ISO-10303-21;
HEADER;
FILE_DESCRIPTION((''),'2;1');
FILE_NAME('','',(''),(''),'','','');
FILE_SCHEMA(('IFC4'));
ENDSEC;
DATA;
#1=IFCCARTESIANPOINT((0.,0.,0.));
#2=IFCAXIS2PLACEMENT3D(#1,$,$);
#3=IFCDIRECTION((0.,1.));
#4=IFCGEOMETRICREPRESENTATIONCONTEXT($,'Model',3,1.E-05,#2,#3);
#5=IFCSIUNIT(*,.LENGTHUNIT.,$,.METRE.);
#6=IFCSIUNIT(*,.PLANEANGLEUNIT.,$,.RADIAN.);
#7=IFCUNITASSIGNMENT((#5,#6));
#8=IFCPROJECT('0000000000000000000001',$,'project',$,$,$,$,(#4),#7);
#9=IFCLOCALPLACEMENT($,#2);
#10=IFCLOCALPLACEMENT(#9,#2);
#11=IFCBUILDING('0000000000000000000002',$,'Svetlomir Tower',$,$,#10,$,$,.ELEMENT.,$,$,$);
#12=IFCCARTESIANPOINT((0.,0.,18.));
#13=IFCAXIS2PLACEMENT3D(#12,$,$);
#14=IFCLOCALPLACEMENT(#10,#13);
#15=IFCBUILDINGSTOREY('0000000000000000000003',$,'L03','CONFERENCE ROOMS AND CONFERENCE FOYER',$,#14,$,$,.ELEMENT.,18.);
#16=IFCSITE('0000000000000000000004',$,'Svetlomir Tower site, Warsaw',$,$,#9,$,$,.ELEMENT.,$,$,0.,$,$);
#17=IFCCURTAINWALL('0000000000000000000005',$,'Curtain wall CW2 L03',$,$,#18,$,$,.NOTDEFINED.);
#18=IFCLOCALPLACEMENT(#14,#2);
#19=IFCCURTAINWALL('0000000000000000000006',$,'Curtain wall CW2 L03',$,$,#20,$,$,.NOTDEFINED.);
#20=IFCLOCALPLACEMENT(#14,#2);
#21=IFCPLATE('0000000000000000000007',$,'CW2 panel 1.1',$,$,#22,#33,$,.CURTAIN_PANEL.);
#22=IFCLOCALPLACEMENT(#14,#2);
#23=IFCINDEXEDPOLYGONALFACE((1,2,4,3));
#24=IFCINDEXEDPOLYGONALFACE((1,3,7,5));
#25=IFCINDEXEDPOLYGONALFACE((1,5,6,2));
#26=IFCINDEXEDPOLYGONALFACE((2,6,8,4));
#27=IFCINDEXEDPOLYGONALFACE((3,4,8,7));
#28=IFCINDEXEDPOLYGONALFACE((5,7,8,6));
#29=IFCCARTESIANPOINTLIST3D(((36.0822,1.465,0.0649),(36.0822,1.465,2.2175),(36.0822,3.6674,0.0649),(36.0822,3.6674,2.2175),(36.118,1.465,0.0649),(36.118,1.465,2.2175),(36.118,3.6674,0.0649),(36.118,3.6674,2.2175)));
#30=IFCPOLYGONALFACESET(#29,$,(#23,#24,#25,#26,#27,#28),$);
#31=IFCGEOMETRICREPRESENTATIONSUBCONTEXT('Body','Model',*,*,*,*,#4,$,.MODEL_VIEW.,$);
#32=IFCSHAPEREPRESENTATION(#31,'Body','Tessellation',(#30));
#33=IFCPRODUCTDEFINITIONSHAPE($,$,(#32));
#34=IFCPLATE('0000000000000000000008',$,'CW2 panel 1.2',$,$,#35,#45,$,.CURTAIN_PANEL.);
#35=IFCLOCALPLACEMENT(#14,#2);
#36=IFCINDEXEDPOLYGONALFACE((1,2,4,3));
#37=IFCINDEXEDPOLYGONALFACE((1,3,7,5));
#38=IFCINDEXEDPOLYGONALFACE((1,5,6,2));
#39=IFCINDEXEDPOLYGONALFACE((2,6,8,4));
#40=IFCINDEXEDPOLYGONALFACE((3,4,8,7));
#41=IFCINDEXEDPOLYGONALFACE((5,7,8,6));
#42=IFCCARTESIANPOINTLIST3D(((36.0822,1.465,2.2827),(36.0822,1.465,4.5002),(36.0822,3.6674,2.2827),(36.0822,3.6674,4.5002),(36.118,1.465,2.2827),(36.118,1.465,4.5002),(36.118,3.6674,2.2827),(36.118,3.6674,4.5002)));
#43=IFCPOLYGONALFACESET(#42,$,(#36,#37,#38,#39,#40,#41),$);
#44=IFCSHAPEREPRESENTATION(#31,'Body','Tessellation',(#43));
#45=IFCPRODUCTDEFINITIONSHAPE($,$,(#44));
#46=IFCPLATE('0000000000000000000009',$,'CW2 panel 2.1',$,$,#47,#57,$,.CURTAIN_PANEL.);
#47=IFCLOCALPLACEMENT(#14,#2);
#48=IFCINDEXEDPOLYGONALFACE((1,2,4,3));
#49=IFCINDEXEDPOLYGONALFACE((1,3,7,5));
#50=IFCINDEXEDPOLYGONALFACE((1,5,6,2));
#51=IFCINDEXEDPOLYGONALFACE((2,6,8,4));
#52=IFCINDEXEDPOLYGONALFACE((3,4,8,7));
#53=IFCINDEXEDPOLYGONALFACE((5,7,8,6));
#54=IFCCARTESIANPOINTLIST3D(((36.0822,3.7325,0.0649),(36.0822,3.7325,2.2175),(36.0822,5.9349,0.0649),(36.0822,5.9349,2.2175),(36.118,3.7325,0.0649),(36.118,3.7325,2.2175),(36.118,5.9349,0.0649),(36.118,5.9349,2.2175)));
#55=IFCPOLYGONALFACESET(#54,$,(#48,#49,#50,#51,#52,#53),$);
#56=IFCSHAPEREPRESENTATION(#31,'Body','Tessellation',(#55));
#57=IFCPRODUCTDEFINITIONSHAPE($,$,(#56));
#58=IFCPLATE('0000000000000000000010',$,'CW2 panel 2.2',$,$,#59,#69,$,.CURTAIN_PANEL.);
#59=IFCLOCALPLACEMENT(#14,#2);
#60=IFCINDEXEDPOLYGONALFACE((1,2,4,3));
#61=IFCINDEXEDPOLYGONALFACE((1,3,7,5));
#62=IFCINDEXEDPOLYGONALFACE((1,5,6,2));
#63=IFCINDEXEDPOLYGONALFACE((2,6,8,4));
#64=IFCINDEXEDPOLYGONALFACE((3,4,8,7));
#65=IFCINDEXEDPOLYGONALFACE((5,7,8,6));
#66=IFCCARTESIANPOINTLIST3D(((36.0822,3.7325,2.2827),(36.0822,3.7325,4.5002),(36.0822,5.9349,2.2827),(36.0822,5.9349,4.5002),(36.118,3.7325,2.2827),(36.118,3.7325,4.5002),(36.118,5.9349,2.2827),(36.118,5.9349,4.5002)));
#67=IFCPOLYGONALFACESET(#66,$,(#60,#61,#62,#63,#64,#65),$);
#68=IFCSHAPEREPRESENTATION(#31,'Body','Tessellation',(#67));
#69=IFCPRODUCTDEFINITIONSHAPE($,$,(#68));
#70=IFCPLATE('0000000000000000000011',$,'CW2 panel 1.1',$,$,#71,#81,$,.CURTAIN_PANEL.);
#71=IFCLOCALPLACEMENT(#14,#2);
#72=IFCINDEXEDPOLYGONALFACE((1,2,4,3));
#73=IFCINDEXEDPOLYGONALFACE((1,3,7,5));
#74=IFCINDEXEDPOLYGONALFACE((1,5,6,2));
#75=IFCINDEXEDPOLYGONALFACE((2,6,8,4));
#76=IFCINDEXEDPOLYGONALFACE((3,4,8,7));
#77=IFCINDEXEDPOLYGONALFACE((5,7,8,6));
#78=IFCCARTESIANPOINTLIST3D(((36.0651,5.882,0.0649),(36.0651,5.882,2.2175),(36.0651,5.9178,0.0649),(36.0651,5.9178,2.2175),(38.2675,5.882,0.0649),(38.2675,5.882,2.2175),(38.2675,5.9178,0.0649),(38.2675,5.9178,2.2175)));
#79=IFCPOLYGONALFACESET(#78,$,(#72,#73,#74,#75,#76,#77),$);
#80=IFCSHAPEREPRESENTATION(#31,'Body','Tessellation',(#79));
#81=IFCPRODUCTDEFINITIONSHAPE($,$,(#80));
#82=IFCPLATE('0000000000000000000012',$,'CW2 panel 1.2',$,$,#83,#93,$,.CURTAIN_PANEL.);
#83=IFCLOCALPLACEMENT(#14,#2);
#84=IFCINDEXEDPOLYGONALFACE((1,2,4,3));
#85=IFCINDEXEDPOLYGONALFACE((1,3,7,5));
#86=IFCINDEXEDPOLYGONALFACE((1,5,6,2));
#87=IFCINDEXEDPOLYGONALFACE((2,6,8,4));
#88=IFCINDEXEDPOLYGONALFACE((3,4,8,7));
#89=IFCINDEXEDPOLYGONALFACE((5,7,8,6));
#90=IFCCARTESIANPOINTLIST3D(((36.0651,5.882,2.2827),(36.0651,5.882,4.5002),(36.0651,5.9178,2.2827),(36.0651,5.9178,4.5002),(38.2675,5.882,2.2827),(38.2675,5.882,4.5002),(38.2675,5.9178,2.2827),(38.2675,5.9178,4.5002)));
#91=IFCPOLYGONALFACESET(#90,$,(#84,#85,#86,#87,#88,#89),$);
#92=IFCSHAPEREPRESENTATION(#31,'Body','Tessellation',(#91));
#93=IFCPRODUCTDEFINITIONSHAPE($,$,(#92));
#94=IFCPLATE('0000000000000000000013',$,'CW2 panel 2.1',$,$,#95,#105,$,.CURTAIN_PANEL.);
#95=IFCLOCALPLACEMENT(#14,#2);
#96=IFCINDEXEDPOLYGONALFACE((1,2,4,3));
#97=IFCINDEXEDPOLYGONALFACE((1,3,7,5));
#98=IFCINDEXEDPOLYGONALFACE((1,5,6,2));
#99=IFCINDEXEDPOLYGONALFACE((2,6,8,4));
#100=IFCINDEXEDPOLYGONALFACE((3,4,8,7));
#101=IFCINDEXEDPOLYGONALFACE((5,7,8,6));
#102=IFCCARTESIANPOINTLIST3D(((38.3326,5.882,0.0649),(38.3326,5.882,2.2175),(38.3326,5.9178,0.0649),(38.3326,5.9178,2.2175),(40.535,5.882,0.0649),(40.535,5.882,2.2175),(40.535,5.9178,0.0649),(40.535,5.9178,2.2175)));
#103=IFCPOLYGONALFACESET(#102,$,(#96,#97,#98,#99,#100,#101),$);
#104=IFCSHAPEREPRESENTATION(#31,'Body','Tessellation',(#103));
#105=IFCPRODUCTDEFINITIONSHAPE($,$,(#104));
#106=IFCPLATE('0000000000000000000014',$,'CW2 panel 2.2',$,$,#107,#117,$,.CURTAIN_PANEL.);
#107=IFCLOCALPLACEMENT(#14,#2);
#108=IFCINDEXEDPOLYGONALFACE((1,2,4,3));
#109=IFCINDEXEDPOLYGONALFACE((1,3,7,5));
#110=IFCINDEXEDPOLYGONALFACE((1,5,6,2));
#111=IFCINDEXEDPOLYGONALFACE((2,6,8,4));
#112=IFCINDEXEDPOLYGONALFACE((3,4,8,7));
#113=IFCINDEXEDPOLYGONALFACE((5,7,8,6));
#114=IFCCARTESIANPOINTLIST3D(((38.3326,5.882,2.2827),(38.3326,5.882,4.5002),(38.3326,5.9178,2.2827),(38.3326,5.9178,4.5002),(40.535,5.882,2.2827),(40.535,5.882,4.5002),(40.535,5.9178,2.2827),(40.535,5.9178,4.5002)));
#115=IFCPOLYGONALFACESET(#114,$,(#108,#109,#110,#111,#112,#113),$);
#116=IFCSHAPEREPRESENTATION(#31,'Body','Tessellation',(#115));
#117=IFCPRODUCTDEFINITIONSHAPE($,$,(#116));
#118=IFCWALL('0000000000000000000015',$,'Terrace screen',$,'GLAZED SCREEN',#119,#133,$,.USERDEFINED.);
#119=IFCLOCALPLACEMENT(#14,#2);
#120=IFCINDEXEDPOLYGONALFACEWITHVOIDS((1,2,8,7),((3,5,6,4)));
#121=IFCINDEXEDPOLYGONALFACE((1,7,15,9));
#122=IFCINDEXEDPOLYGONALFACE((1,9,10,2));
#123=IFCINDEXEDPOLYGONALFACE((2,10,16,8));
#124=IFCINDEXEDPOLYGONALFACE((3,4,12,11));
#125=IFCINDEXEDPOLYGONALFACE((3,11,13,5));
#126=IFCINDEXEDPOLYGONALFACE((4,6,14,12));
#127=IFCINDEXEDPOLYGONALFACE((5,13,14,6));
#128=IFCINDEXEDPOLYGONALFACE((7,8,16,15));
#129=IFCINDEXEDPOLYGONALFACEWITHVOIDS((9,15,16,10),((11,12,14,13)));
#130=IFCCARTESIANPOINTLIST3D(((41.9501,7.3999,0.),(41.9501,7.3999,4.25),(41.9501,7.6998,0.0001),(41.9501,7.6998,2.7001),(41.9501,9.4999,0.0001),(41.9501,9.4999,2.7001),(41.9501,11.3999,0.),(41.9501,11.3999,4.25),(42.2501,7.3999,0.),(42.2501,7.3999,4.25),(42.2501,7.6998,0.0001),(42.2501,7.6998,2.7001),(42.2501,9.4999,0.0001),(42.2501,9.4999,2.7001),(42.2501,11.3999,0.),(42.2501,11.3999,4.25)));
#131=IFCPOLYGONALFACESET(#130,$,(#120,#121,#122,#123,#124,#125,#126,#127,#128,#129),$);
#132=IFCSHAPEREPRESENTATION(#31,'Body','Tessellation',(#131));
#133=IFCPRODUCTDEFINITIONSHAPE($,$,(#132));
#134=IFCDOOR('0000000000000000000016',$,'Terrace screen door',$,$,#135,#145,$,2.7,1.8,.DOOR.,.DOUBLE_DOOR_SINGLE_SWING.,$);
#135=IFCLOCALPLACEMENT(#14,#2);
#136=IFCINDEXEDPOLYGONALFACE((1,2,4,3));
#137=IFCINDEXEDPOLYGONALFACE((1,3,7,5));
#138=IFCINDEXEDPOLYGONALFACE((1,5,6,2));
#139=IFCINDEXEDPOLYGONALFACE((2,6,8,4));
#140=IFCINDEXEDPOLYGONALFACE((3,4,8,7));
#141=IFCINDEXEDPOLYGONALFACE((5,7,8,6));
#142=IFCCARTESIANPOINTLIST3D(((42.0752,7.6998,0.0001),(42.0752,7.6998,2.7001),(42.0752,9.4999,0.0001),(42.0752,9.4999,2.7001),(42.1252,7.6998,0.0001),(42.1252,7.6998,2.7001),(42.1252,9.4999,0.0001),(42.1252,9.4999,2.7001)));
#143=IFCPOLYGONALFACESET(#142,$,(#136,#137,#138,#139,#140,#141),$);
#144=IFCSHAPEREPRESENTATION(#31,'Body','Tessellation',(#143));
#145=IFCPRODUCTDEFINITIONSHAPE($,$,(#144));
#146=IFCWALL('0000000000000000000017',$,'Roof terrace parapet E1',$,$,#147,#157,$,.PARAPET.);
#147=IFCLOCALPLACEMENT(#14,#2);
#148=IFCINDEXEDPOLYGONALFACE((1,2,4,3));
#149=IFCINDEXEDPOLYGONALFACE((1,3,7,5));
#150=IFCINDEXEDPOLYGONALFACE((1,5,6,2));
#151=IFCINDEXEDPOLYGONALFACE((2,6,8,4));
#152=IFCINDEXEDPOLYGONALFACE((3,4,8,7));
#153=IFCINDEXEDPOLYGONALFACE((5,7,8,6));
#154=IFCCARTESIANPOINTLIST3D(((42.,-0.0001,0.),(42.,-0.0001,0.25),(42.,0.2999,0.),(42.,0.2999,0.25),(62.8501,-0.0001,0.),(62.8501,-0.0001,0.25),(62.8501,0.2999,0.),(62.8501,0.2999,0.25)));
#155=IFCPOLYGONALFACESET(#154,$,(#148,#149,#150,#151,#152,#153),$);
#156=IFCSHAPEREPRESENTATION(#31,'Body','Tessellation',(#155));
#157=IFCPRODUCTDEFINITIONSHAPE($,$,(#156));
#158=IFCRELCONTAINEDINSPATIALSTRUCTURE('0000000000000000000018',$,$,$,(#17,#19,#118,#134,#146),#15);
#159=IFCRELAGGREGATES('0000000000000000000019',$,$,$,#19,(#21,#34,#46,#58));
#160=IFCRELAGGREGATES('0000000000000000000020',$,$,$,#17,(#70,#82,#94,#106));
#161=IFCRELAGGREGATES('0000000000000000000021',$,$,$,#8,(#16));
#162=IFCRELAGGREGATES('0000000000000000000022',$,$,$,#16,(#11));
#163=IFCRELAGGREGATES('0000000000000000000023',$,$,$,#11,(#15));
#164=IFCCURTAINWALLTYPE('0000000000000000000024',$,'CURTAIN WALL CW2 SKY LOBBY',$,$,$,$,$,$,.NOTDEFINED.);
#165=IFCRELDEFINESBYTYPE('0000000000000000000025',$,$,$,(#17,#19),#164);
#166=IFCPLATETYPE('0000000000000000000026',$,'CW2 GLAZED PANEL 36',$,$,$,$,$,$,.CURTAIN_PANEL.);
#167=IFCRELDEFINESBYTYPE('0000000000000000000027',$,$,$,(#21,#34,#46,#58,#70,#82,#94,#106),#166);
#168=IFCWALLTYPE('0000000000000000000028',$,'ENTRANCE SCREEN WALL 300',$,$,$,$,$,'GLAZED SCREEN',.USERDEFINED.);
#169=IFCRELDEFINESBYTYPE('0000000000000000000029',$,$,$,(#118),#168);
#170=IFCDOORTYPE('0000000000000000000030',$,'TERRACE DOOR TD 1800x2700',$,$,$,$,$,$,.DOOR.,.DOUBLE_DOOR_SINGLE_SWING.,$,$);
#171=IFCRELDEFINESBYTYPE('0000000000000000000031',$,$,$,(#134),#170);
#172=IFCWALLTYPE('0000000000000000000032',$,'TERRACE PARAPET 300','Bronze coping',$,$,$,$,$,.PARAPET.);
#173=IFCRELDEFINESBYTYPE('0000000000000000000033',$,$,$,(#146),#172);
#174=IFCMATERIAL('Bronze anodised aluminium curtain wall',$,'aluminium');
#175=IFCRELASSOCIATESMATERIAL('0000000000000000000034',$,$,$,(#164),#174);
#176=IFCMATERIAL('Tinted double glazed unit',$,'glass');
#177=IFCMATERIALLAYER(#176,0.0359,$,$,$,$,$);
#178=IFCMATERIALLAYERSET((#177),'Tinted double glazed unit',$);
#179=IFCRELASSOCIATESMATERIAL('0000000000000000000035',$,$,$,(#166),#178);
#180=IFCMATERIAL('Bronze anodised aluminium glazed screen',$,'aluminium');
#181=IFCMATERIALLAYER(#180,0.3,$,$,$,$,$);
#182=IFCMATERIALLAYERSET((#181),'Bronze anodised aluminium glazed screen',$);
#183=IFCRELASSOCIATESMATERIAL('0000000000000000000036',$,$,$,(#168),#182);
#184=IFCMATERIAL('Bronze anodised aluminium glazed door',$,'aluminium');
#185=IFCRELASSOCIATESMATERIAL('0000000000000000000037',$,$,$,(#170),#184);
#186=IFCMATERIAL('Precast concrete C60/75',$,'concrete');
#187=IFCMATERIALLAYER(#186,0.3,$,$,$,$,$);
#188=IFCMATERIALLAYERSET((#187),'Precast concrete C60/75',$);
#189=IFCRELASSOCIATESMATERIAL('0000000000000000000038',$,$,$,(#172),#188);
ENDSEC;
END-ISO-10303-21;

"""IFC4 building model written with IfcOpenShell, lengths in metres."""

from ifc_helpers import new_model, si_unit, direction, frame, frame_2d, origin, origin_2d, place, context, subcontext, project, spatial, rectangle, extrude, material, layer, layer_set, type_object, element, fill, aggregate, save


model = new_model("IFC4")

# Units and contexts
model_context = context("Model", 3, precision=1e-05, world=origin(), true_north=direction((0.0, 1.0)))
body_context = subcontext(model_context, "Body", "Model", "MODEL_VIEW")
ifc_project = project(units=[si_unit("LENGTHUNIT", "METRE"), si_unit("PLANEANGLEUNIT", "RADIAN")], contexts=[model_context])

# Site, building, storey
site_placement = place(None, origin())
site = spatial("IfcSite", under=ifc_project, at=site_placement, Name="Svetlomir Tower site, Warsaw", CompositionType="ELEMENT", RefElevation=0.0)
building_placement = place(site_placement, origin())
building = spatial("IfcBuilding", under=site, at=building_placement, Name="Svetlomir Tower", CompositionType="ELEMENT")
storey_placement = place(building_placement, frame((0.0, 0.0, 18.0)))
storey = spatial("IfcBuildingStorey", under=building, at=storey_placement, Name="L03", Description="CONFERENCE ROOMS AND CONFERENCE FOYER", CompositionType="ELEMENT", Elevation=18.0)

# Curtain wall
ifc_material_1 = material(Name="Bronze anodised aluminium curtain wall", Category="aluminium")
curtain_wall_type = type_object("IfcCurtainWallType", Name="CURTAIN WALL CW2 SKY LOBBY", PredefinedType="NOTDEFINED", material=ifc_material_1)
curtain_wall_1_placement = place(storey_placement, origin())
curtain_wall_1 = element("IfcCurtainWall", 1, at=curtain_wall_1_placement, inside=storey, type_object=curtain_wall_type, Name="Curtain wall CW2 L03", PredefinedType="NOTDEFINED")

# Curtain wall
curtain_wall_2_placement = place(storey_placement, origin())
curtain_wall_2 = element("IfcCurtainWall", 2, at=curtain_wall_2_placement, inside=storey, type_object=curtain_wall_type, Name="Curtain wall CW2 L03", PredefinedType="NOTDEFINED")

# Plates
ifc_material_2 = material(Name="Tinted double glazed unit", Category="glass")
ifc_layer_1 = layer(ifc_material_2, 0.0359)
ifc_layer_set_1 = layer_set([ifc_layer_1], Name="Tinted double glazed unit")
plate_type = type_object("IfcPlateType", Name="CW2 GLAZED PANEL 36", PredefinedType="CURTAIN_PANEL", material=ifc_layer_set_1)
plate_1_placement = place(storey_placement, frame((36.1001, 2.5662, 0.0649), z_axis=(0.0, 0.0, 1.0), x_axis=(0.0, 1.0, 0.0)))
plate_1 = element("IfcPlate", 3, at=plate_1_placement, type_object=plate_type, Name="CW2 panel 1.1", PredefinedType="CURTAIN_PANEL", context=body_context, shape_type="SweptSolid", body=[
    extrude(rectangle(XDim=2.2024, YDim=0.0359, at=origin_2d()), origin(), (0.0, 0.0, 1.0), 2.1526),
])
plate_2_placement = place(storey_placement, frame((36.1001, 2.5662, 2.2827), z_axis=(0.0, 0.0, 1.0), x_axis=(0.0, 1.0, 0.0)))
plate_2 = element("IfcPlate", 4, at=plate_2_placement, type_object=plate_type, Name="CW2 panel 1.2", PredefinedType="CURTAIN_PANEL", context=body_context, shape_type="SweptSolid", body=[
    extrude(rectangle(XDim=2.2024, YDim=0.0359, at=origin_2d()), origin(), (0.0, 0.0, 1.0), 2.2175),
])
plate_3_placement = place(storey_placement, frame((36.1001, 4.8337, 0.0649), z_axis=(0.0, 0.0, 1.0), x_axis=(0.0, 1.0, 0.0)))
plate_3 = element("IfcPlate", 5, at=plate_3_placement, type_object=plate_type, Name="CW2 panel 2.1", PredefinedType="CURTAIN_PANEL", context=body_context, shape_type="SweptSolid", body=[
    extrude(rectangle(XDim=2.2024, YDim=0.0359, at=origin_2d()), origin(), (0.0, 0.0, 1.0), 2.1526),
])
plate_4_placement = place(storey_placement, frame((36.1001, 4.8337, 2.2827), z_axis=(0.0, 0.0, 1.0), x_axis=(0.0, 1.0, 0.0)))
plate_4 = element("IfcPlate", 6, at=plate_4_placement, type_object=plate_type, Name="CW2 panel 2.2", PredefinedType="CURTAIN_PANEL", context=body_context, shape_type="SweptSolid", body=[
    extrude(rectangle(XDim=2.2024, YDim=0.0359, at=origin_2d()), origin(), (0.0, 0.0, 1.0), 2.2175),
])
aggregate(curtain_wall_2, [plate_1, plate_2, plate_3, plate_4])
plate_5_placement = place(storey_placement, frame((37.1663, 5.8999, 0.0649), z_axis=(0.0, 0.0, 1.0), x_axis=(1.0, 0.0, 0.0)))
plate_5 = element("IfcPlate", 7, at=plate_5_placement, type_object=plate_type, Name="CW2 panel 1.1", PredefinedType="CURTAIN_PANEL", context=body_context, shape_type="SweptSolid", body=[
    extrude(rectangle(XDim=2.2024, YDim=0.0359, at=origin_2d()), origin(), (0.0, 0.0, 1.0), 2.1526),
])
plate_6_placement = place(storey_placement, frame((37.1663, 5.8999, 2.2827), z_axis=(0.0, 0.0, 1.0), x_axis=(1.0, 0.0, 0.0)))
plate_6 = element("IfcPlate", 8, at=plate_6_placement, type_object=plate_type, Name="CW2 panel 1.2", PredefinedType="CURTAIN_PANEL", context=body_context, shape_type="SweptSolid", body=[
    extrude(rectangle(XDim=2.2024, YDim=0.0359, at=origin_2d()), origin(), (0.0, 0.0, 1.0), 2.2175),
])
plate_7_placement = place(storey_placement, frame((39.4338, 5.8999, 0.0649), z_axis=(0.0, 0.0, 1.0), x_axis=(1.0, 0.0, 0.0)))
plate_7 = element("IfcPlate", 9, at=plate_7_placement, type_object=plate_type, Name="CW2 panel 2.1", PredefinedType="CURTAIN_PANEL", context=body_context, shape_type="SweptSolid", body=[
    extrude(rectangle(XDim=2.2024, YDim=0.0359, at=origin_2d()), origin(), (0.0, 0.0, 1.0), 2.1526),
])
plate_8_placement = place(storey_placement, frame((39.4338, 5.8999, 2.2827), z_axis=(0.0, 0.0, 1.0), x_axis=(1.0, 0.0, 0.0)))
plate_8 = element("IfcPlate", 10, at=plate_8_placement, type_object=plate_type, Name="CW2 panel 2.2", PredefinedType="CURTAIN_PANEL", context=body_context, shape_type="SweptSolid", body=[
    extrude(rectangle(XDim=2.2024, YDim=0.0359, at=origin_2d()), origin(), (0.0, 0.0, 1.0), 2.2175),
])
aggregate(curtain_wall_1, [plate_5, plate_6, plate_7, plate_8])

# Wall, opening, door
ifc_material_3 = material(Name="Bronze anodised aluminium glazed screen", Category="aluminium")
ifc_layer_2 = layer(ifc_material_3, 0.3)
ifc_layer_set_2 = layer_set([ifc_layer_2], Name="Bronze anodised aluminium glazed screen")
wall_type_1 = type_object("IfcWallType", Name="ENTRANCE SCREEN WALL 300", ElementType="GLAZED SCREEN", PredefinedType="USERDEFINED", material=ifc_layer_set_2)
wall_1_placement = place(storey_placement, frame((42.1001, 7.3999, 0.0), z_axis=(0.0, 0.0, 1.0), x_axis=(0.0, 1.0, 0.0)))
wall_1 = element("IfcWall", 11, at=wall_1_placement, inside=storey, type_object=wall_type_1, Name="Terrace screen", ObjectType="GLAZED SCREEN", PredefinedType="USERDEFINED", context=body_context, shape_type="SweptSolid", body=[
    extrude(rectangle(XDim=4.0, YDim=0.3, at=frame_2d((2.0, 0.0))), origin(), (0.0, 0.0, 1.0), 4.25),
])
opening_placement = place(wall_1_placement, frame((0.3, 0.0, 0.0)))
opening = element("IfcOpeningElement", 12, at=opening_placement, cuts=wall_1, PredefinedType="OPENING", context=body_context, shape_type="SweptSolid", body=[
    extrude(rectangle(XDim=1.8, YDim=2.7, at=frame_2d((0.8999, 1.3501))), frame((0.0, 0.1602, 0.0), z_axis=(0.0, -1.0, 0.0), x_axis=(1.0, 0.0, 0.0)), (0.0, 0.0, 1.0), 0.3201),
])
ifc_material_4 = material(Name="Bronze anodised aluminium glazed door", Category="aluminium")
door_type = type_object("IfcDoorType", Name="TERRACE DOOR TD 1800x2700", OperationType="DOUBLE_DOOR_SINGLE_SWING", PredefinedType="DOOR", material=ifc_material_4)
door_placement = place(opening_placement, origin())
door = element("IfcDoor", 13, at=door_placement, inside=storey, type_object=door_type, Name="Terrace screen door", OperationType="DOUBLE_DOOR_SINGLE_SWING", OverallHeight=2.7, OverallWidth=1.8, PredefinedType="DOOR", context=body_context, shape_type="SweptSolid", body=[
    extrude(rectangle(XDim=1.8, YDim=2.7, at=frame_2d((0.8999, 1.3501))), frame((0.0, 0.0249, 0.0), z_axis=(0.0, -1.0, 0.0), x_axis=(1.0, 0.0, 0.0)), (0.0, 0.0, 1.0), 0.05),
])
fill(opening, door)

# Wall
ifc_material_5 = material(Name="Precast concrete C60/75", Category="concrete")
ifc_layer_3 = layer(ifc_material_5, 0.3)
ifc_layer_set_3 = layer_set([ifc_layer_3], Name="Precast concrete C60/75")
wall_type_2 = type_object("IfcWallType", Name="TERRACE PARAPET 300", Description="Bronze coping", PredefinedType="PARAPET", material=ifc_layer_set_3)
wall_2_placement = place(storey_placement, frame((42.0, 0.1499, 0.0), z_axis=(0.0, 0.0, 1.0), x_axis=(1.0, 0.0, 0.0)))
element("IfcWall", 14, at=wall_2_placement, inside=storey, type_object=wall_type_2, Name="Roof terrace parapet E1", PredefinedType="PARAPET", context=body_context, shape_type="SweptSolid", body=[
    extrude(rectangle(XDim=20.8501, YDim=0.3, at=frame_2d((10.425, 0.0))), origin(), (0.0, 0.0, 1.0), 0.25),
])

save(model, "model.ifc")
